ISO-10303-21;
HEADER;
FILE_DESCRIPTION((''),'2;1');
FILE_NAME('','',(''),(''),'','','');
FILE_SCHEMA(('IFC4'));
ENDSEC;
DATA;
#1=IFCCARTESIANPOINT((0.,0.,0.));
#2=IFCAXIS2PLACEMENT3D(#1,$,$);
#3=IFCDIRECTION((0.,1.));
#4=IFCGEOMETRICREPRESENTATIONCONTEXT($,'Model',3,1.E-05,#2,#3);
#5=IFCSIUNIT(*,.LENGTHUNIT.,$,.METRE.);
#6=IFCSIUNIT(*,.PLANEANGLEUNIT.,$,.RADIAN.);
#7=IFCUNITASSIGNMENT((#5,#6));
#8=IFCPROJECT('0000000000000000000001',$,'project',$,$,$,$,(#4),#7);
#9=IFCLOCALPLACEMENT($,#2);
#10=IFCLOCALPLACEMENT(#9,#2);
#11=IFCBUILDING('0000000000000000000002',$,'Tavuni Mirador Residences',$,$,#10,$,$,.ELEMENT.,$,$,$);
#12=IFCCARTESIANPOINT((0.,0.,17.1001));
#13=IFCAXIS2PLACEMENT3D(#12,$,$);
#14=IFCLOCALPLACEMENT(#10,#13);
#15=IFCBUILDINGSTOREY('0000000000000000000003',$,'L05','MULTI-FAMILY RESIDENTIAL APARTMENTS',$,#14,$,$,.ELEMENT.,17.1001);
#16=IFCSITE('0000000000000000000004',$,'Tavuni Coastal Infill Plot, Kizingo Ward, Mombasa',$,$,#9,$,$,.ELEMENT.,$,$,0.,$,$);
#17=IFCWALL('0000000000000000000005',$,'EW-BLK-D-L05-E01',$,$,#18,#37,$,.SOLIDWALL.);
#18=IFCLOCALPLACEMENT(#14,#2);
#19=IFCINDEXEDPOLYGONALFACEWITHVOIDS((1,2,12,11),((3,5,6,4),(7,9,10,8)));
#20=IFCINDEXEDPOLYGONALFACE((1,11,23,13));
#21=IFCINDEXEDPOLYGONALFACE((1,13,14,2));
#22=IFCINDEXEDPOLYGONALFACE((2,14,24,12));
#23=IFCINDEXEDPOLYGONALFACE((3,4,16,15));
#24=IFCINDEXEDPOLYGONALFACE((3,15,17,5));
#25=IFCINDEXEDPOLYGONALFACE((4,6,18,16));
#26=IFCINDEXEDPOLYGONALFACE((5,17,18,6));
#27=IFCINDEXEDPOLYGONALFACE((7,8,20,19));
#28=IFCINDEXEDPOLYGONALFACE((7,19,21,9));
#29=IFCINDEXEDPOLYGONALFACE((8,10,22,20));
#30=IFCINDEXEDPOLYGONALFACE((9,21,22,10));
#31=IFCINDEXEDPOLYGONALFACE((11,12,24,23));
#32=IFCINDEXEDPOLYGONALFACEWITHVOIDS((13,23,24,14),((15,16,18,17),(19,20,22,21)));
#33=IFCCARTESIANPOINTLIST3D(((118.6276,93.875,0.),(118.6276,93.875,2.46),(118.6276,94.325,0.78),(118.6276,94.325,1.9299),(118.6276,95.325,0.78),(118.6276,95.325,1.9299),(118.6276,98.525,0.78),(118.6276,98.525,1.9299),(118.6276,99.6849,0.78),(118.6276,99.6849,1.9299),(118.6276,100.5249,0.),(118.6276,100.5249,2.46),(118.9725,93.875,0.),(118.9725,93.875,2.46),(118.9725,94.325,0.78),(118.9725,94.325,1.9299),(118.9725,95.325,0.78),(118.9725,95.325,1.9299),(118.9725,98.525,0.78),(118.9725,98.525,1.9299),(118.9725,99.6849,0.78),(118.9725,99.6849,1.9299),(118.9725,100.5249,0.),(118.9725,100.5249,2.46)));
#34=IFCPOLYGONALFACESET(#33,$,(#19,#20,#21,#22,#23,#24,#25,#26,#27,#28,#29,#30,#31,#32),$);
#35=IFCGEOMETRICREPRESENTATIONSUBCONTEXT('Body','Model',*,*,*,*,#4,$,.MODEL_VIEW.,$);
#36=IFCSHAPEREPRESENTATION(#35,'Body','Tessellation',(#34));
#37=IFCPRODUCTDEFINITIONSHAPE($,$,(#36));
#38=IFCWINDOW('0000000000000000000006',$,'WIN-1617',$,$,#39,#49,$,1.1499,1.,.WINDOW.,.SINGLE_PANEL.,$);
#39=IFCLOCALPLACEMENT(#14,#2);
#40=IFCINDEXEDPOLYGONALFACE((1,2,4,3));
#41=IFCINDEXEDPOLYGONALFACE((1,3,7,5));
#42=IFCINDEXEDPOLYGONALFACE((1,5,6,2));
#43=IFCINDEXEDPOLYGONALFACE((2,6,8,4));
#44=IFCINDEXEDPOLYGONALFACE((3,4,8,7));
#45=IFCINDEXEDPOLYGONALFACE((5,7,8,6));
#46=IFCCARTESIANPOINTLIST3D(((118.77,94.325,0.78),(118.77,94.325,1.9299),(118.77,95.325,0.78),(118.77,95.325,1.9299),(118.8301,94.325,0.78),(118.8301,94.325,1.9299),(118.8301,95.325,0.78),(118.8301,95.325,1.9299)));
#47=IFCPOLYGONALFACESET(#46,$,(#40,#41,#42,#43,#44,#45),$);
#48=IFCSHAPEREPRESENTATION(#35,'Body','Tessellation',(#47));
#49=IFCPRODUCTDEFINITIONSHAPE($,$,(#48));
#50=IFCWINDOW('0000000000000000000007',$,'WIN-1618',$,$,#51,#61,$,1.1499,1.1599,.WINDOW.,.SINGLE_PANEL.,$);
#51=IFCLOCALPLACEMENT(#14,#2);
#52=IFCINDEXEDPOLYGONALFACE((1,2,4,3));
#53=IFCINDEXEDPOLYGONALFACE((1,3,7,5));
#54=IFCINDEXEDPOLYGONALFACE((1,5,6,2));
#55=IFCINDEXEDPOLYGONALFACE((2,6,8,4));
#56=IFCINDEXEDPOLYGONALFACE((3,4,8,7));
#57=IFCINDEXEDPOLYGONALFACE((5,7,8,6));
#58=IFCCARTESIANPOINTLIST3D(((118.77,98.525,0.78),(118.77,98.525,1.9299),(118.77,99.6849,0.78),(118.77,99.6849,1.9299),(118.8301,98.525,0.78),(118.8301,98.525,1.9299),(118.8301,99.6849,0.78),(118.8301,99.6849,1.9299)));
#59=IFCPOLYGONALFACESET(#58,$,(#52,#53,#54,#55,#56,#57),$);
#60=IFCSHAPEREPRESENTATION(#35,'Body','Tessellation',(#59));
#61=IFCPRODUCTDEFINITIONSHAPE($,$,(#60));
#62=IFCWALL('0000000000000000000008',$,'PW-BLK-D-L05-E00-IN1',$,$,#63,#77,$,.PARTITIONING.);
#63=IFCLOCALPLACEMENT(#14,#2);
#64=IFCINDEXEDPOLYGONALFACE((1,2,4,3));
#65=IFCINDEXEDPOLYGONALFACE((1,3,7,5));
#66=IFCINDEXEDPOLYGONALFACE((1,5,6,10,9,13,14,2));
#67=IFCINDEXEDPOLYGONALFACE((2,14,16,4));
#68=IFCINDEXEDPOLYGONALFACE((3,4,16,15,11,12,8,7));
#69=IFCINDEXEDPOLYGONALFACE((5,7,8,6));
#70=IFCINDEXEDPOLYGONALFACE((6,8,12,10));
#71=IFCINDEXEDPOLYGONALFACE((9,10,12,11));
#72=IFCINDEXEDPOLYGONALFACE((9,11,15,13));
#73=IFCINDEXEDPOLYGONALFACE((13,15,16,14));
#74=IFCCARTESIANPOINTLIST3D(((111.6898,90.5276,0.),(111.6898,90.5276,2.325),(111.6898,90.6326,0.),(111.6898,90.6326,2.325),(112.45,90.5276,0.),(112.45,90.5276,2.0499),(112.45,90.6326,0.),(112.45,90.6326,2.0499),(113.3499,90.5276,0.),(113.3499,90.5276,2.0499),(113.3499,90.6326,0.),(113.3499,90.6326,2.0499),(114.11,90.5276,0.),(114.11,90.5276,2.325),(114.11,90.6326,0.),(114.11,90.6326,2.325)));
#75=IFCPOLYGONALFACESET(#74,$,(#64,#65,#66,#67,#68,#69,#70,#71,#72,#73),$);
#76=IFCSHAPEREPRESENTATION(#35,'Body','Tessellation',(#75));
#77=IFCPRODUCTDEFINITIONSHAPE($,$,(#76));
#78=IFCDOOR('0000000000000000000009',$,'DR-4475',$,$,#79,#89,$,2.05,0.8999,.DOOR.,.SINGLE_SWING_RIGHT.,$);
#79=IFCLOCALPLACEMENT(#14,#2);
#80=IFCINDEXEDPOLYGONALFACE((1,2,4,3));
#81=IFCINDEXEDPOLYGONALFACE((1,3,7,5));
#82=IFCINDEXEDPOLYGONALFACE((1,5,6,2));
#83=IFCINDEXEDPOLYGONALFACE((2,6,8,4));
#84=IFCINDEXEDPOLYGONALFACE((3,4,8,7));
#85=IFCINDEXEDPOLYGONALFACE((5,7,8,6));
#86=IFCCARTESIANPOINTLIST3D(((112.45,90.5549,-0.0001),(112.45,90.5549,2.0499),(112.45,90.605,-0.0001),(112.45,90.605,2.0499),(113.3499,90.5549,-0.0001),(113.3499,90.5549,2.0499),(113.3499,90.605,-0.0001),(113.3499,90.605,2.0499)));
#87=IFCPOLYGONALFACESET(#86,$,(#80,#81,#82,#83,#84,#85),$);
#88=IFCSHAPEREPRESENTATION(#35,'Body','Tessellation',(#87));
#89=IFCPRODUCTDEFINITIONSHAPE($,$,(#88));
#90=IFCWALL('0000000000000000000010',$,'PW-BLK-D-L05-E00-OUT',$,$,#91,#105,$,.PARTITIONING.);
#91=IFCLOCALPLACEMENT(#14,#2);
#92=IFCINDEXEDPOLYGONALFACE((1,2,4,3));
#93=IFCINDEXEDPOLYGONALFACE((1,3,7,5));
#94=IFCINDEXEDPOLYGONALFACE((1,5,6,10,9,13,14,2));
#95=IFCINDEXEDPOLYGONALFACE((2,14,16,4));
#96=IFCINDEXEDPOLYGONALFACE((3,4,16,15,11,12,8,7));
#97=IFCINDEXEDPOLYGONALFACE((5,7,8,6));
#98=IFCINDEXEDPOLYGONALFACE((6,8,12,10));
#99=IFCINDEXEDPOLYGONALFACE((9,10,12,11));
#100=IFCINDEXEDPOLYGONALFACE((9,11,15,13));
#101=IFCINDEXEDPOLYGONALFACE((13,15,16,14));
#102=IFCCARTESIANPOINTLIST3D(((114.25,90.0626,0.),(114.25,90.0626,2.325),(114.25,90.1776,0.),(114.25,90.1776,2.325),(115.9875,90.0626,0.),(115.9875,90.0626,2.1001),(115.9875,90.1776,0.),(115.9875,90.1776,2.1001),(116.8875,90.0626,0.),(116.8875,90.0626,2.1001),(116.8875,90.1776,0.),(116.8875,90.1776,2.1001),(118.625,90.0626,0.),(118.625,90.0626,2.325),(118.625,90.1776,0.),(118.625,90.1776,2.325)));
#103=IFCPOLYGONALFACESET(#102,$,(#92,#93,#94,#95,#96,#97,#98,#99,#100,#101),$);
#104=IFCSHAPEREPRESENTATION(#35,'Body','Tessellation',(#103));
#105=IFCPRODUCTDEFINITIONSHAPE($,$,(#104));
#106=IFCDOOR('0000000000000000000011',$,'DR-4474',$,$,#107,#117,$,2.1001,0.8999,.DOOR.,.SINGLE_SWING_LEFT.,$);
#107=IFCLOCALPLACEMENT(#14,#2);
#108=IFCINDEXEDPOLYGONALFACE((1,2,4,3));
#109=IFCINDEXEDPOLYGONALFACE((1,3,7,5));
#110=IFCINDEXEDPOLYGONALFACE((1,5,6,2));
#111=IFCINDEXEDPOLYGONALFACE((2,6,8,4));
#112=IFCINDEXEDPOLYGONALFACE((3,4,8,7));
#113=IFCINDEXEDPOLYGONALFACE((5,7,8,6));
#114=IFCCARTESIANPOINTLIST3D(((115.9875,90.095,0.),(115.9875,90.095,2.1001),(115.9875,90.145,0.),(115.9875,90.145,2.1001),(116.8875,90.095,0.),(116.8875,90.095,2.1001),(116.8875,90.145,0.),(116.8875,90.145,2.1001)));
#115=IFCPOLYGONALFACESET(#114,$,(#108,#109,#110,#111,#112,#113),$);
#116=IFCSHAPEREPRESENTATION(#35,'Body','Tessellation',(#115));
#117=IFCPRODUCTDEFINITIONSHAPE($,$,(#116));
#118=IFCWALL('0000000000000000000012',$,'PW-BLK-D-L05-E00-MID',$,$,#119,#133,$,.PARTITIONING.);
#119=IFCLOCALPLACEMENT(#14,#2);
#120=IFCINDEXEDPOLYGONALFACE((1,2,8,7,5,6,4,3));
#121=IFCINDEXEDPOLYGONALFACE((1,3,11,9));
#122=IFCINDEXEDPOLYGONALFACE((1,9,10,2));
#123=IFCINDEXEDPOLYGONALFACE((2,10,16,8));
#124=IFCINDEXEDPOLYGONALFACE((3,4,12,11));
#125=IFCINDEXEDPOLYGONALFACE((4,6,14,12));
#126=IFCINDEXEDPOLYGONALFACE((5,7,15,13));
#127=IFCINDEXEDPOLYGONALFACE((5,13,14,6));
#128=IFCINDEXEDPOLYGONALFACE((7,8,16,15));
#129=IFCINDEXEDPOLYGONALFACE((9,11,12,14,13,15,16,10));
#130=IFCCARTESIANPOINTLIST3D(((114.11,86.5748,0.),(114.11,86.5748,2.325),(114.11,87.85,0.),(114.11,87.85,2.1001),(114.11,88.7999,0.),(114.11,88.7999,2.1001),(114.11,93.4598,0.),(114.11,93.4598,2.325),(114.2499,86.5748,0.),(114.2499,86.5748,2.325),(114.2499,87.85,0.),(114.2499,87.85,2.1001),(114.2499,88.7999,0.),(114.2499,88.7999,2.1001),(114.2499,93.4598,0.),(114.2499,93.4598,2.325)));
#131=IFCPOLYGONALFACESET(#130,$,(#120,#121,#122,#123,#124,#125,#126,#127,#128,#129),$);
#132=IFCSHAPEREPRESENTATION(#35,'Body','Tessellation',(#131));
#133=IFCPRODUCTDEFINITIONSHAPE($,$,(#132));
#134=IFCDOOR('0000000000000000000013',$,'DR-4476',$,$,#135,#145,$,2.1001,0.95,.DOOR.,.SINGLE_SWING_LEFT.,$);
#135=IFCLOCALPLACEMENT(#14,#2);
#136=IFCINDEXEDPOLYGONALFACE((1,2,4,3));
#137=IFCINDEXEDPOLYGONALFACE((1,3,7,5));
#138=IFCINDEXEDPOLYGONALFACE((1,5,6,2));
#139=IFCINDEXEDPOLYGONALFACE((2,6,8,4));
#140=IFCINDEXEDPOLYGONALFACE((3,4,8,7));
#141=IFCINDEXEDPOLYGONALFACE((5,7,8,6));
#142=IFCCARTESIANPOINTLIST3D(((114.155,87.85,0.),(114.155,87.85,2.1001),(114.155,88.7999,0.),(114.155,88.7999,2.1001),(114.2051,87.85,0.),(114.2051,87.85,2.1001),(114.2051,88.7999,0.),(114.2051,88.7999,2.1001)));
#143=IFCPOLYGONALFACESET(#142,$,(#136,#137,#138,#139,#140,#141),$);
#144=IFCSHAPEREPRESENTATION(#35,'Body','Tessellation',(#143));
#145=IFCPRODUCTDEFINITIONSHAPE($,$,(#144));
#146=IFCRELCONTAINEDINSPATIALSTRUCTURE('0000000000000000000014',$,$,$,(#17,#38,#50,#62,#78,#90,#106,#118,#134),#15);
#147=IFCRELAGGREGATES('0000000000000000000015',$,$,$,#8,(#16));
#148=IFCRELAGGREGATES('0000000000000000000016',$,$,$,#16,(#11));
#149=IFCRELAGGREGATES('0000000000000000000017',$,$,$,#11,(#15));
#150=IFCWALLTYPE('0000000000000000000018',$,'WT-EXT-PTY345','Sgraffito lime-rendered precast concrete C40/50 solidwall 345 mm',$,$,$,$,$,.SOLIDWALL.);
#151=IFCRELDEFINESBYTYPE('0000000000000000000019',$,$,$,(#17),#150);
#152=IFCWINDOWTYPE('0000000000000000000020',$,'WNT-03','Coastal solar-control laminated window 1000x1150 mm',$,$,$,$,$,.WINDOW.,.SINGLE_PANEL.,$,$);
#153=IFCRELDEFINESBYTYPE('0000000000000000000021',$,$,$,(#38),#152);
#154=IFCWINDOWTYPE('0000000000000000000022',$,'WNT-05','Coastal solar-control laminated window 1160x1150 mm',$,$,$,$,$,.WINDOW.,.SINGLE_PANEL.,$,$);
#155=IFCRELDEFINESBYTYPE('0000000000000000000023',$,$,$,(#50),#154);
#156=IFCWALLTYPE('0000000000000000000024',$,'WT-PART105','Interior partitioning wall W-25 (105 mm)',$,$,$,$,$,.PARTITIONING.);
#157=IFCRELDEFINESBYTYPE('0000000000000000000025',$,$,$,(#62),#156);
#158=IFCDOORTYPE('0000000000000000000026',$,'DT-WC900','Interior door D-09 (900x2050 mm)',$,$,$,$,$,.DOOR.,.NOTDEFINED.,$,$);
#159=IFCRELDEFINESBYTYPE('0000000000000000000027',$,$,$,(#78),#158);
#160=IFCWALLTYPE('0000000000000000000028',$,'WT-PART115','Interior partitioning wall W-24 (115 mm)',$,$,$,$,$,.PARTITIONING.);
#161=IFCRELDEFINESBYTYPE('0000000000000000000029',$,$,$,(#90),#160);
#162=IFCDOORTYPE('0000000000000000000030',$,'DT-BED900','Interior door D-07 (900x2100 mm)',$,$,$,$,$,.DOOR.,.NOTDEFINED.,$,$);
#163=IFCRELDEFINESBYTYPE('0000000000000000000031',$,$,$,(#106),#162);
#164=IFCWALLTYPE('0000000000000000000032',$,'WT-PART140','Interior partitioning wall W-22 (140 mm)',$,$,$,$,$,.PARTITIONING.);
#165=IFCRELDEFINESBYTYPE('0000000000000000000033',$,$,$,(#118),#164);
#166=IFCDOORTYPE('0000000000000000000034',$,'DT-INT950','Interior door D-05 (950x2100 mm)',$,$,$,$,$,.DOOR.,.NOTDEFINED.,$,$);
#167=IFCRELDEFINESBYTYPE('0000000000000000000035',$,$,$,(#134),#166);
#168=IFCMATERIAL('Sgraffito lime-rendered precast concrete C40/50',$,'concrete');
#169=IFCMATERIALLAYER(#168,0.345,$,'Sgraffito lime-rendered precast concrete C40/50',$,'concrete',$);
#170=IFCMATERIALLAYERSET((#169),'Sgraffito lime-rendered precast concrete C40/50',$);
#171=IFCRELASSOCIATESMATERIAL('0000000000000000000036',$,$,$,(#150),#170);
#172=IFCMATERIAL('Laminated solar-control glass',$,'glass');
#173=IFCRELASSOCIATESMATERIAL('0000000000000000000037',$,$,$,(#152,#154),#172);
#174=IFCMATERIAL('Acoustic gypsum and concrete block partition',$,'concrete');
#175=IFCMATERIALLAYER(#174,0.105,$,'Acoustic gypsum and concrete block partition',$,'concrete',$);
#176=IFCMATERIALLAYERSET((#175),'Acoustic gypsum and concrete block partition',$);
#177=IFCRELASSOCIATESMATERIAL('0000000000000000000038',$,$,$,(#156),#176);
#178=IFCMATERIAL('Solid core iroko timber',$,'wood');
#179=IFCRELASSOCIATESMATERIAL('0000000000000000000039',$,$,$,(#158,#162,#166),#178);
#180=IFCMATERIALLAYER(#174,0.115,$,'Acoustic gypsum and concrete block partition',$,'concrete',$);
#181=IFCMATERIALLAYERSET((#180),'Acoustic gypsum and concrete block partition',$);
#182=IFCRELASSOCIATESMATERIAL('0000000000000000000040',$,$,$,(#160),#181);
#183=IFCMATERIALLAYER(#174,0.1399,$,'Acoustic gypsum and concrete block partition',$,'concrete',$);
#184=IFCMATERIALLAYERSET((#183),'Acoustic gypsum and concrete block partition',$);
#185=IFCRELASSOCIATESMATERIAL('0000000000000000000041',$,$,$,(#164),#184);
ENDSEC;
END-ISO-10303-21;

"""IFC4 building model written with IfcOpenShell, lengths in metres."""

from ifc_helpers import new_model, si_unit, direction, frame, frame_2d, origin, place, context, subcontext, project, spatial, rectangle, extrude, material, layer, layer_set, type_object, element, fill, save


model = new_model("IFC4")

# Units and contexts
model_context = context("Model", 3, precision=1e-05, world=origin(), true_north=direction((0.0, 1.0)))
body_context = subcontext(model_context, "Body", "Model", "MODEL_VIEW")
ifc_project = project(units=[si_unit("LENGTHUNIT", "METRE"), si_unit("PLANEANGLEUNIT", "RADIAN")], contexts=[model_context])

# Site, building, storey
site_placement = place(None, origin())
site = spatial("IfcSite", under=ifc_project, at=site_placement, Name="Tavuni Coastal Infill Plot, Kizingo Ward, Mombasa", CompositionType="ELEMENT", RefElevation=0.0)
building_placement = place(site_placement, origin())
building = spatial("IfcBuilding", under=site, at=building_placement, Name="Tavuni Mirador Residences", CompositionType="ELEMENT")
storey_placement = place(building_placement, frame((0.0, 0.0, 17.1001)))
storey = spatial("IfcBuildingStorey", under=building, at=storey_placement, Name="L05", Description="MULTI-FAMILY RESIDENTIAL APARTMENTS", CompositionType="ELEMENT", Elevation=17.1001)

# Shared definitions
ifc_material_1 = material(Name="Sgraffito lime-rendered precast concrete C40/50", Category="concrete")
ifc_material_2 = material(Name="Laminated solar-control glass", Category="glass")

# Wall, openings, windows
ifc_layer_1 = layer(ifc_material_1, 0.345, Name="Sgraffito lime-rendered precast concrete C40/50", Category="concrete")
ifc_layer_set_1 = layer_set([ifc_layer_1], Name="Sgraffito lime-rendered precast concrete C40/50")
wall_type_1 = type_object("IfcWallType", Name="WT-EXT-PTY345", Description="Sgraffito lime-rendered precast concrete C40/50 solidwall 345 mm", PredefinedType="SOLIDWALL", material=ifc_layer_set_1)
wall_1_placement = place(storey_placement, frame((118.8, 93.875, 0.0), z_axis=(0.0, 0.0, 1.0), x_axis=(0.0, 1.0, 0.0)))
wall_1 = element("IfcWall", 1, at=wall_1_placement, inside=storey, type_object=wall_type_1, Name="EW-BLK-D-L05-E01", PredefinedType="SOLIDWALL", context=body_context, shape_type="SweptSolid", body=[
    extrude(rectangle(XDim=6.6499, YDim=0.345, at=frame_2d((3.325, 0.0))), origin(), (0.0, 0.0, 1.0), 2.46),
])
opening_1_placement = place(wall_1_placement, frame((0.45, 0.0, 0.78)))
opening_1 = element("IfcOpeningElement", 2, at=opening_1_placement, cuts=wall_1, PredefinedType="OPENING", context=body_context, shape_type="SweptSolid", body=[
    extrude(rectangle(XDim=1.0, YDim=1.1499, at=frame_2d((0.5, 0.575))), frame((0.0, 0.1826, 0.0), z_axis=(0.0, -1.0, 0.0), x_axis=(1.0, 0.0, 0.0)), (0.0, 0.0, 1.0), 0.365),
])
opening_2_placement = place(wall_1_placement, frame((4.6499, 0.0, 0.78)))
opening_2 = element("IfcOpeningElement", 3, at=opening_2_placement, cuts=wall_1, PredefinedType="OPENING", context=body_context, shape_type="SweptSolid", body=[
    extrude(rectangle(XDim=1.1599, YDim=1.1499, at=frame_2d((0.5801, 0.575))), frame((0.0, 0.1826, 0.0), z_axis=(0.0, -1.0, 0.0), x_axis=(1.0, 0.0, 0.0)), (0.0, 0.0, 1.0), 0.365),
])
window_type_1 = type_object("IfcWindowType", Name="WNT-03", Description="Coastal solar-control laminated window 1000x1150 mm", PartitioningType="SINGLE_PANEL", PredefinedType="WINDOW", material=ifc_material_2)
window_1_placement = place(opening_1_placement, origin())
window_1 = element("IfcWindow", 4, at=window_1_placement, inside=storey, type_object=window_type_1, Name="WIN-1617", OverallHeight=1.1499, OverallWidth=1.0, PartitioningType="SINGLE_PANEL", PredefinedType="WINDOW", context=body_context, shape_type="SweptSolid", body=[
    extrude(rectangle(XDim=1.0, YDim=1.1499, at=frame_2d((0.5, 0.575))), frame((0.0, 0.03, 0.0), z_axis=(0.0, -1.0, 0.0), x_axis=(1.0, 0.0, 0.0)), (0.0, 0.0, 1.0), 0.0601),
])
fill(opening_1, window_1)
window_type_2 = type_object("IfcWindowType", Name="WNT-05", Description="Coastal solar-control laminated window 1160x1150 mm", PartitioningType="SINGLE_PANEL", PredefinedType="WINDOW", material=ifc_material_2)
window_2_placement = place(opening_2_placement, origin())
window_2 = element("IfcWindow", 5, at=window_2_placement, inside=storey, type_object=window_type_2, Name="WIN-1618", OverallHeight=1.1499, OverallWidth=1.1599, PartitioningType="SINGLE_PANEL", PredefinedType="WINDOW", context=body_context, shape_type="SweptSolid", body=[
    extrude(rectangle(XDim=1.1599, YDim=1.1499, at=frame_2d((0.5801, 0.575))), frame((0.0, 0.03, 0.0), z_axis=(0.0, -1.0, 0.0), x_axis=(1.0, 0.0, 0.0)), (0.0, 0.0, 1.0), 0.0601),
])
fill(opening_2, window_2)

# Walls, openings, doors
ifc_material_3 = material(Name="Acoustic gypsum and concrete block partition", Category="concrete")
ifc_layer_2 = layer(ifc_material_3, 0.105, Name="Acoustic gypsum and concrete block partition", Category="concrete")
ifc_layer_set_2 = layer_set([ifc_layer_2], Name="Acoustic gypsum and concrete block partition")
wall_type_2 = type_object("IfcWallType", Name="WT-PART105", Description="Interior partitioning wall W-25 (105 mm)", PredefinedType="PARTITIONING", material=ifc_layer_set_2)
wall_2_placement = place(storey_placement, frame((111.6899, 90.5801, 0.0), z_axis=(0.0, 0.0, 1.0), x_axis=(1.0, 0.0, 0.0)))
wall_2 = element("IfcWall", 6, at=wall_2_placement, inside=storey, type_object=wall_type_2, Name="PW-BLK-D-L05-E00-IN1", PredefinedType="PARTITIONING", context=body_context, shape_type="SweptSolid", body=[
    extrude(rectangle(XDim=2.4202, YDim=0.105, at=frame_2d((1.21, 0.0))), origin(), (0.0, 0.0, 1.0), 2.325),
])
opening_3_placement = place(wall_2_placement, frame((0.76, 0.0, 0.0)))
opening_3 = element("IfcOpeningElement", 7, at=opening_3_placement, cuts=wall_2, PredefinedType="OPENING", context=body_context, shape_type="SweptSolid", body=[
    extrude(rectangle(XDim=0.8999, YDim=2.05, at=frame_2d((0.45, 1.0249))), frame((0.0, 0.0625, 0.0), z_axis=(0.0, -1.0, 0.0), x_axis=(1.0, 0.0, 0.0)), (0.0, 0.0, 1.0), 0.125),
])
ifc_material_4 = material(Name="Solid core iroko timber", Category="wood")
door_type_1 = type_object("IfcDoorType", Name="DT-WC900", Description="Interior door D-09 (900x2050 mm)", OperationType="NOTDEFINED", PredefinedType="DOOR", material=ifc_material_4)
door_1_placement = place(opening_3_placement, origin())
door_1 = element("IfcDoor", 8, at=door_1_placement, inside=storey, type_object=door_type_1, Name="DR-4475", OperationType="SINGLE_SWING_RIGHT", OverallHeight=2.05, OverallWidth=0.8999, PredefinedType="DOOR", context=body_context, shape_type="SweptSolid", body=[
    extrude(rectangle(XDim=0.8999, YDim=2.05, at=frame_2d((0.45, 1.0249))), frame((0.0, 0.0249, 0.0), z_axis=(0.0, -1.0, 0.0), x_axis=(1.0, 0.0, 0.0)), (0.0, 0.0, 1.0), 0.05),
])
fill(opening_3, door_1)
ifc_layer_3 = layer(ifc_material_3, 0.115, Name="Acoustic gypsum and concrete block partition", Category="concrete")
ifc_layer_set_3 = layer_set([ifc_layer_3], Name="Acoustic gypsum and concrete block partition")
wall_type_3 = type_object("IfcWallType", Name="WT-PART115", Description="Interior partitioning wall W-24 (115 mm)", PredefinedType="PARTITIONING", material=ifc_layer_set_3)
wall_3_placement = place(storey_placement, frame((114.25, 90.1201, 0.0), z_axis=(0.0, 0.0, 1.0), x_axis=(1.0, 0.0, 0.0)))
wall_3 = element("IfcWall", 9, at=wall_3_placement, inside=storey, type_object=wall_type_3, Name="PW-BLK-D-L05-E00-OUT", PredefinedType="PARTITIONING", context=body_context, shape_type="SweptSolid", body=[
    extrude(rectangle(XDim=4.375, YDim=0.115, at=frame_2d((2.1875, 0.0))), origin(), (0.0, 0.0, 1.0), 2.325),
])
opening_4_placement = place(wall_3_placement, frame((1.7375, 0.0, 0.0)))
opening_4 = element("IfcOpeningElement", 10, at=opening_4_placement, cuts=wall_3, PredefinedType="OPENING", context=body_context, shape_type="SweptSolid", body=[
    extrude(rectangle(XDim=0.8999, YDim=2.1001, at=frame_2d((0.45, 1.05))), frame((0.0, 0.0674, 0.0), z_axis=(0.0, -1.0, 0.0), x_axis=(1.0, 0.0, 0.0)), (0.0, 0.0, 1.0), 0.135),
])
door_type_2 = type_object("IfcDoorType", Name="DT-BED900", Description="Interior door D-07 (900x2100 mm)", OperationType="NOTDEFINED", PredefinedType="DOOR", material=ifc_material_4)
door_2_placement = place(opening_4_placement, origin())
door_2 = element("IfcDoor", 11, at=door_2_placement, inside=storey, type_object=door_type_2, Name="DR-4474", OperationType="SINGLE_SWING_LEFT", OverallHeight=2.1001, OverallWidth=0.8999, PredefinedType="DOOR", context=body_context, shape_type="SweptSolid", body=[
    extrude(rectangle(XDim=0.8999, YDim=2.1001, at=frame_2d((0.45, 1.05))), frame((0.0, 0.0249, 0.0), z_axis=(0.0, -1.0, 0.0), x_axis=(1.0, 0.0, 0.0)), (0.0, 0.0, 1.0), 0.05),
])
fill(opening_4, door_2)
ifc_layer_4 = layer(ifc_material_3, 0.1399, Name="Acoustic gypsum and concrete block partition", Category="concrete")
ifc_layer_set_4 = layer_set([ifc_layer_4], Name="Acoustic gypsum and concrete block partition")
wall_type_4 = type_object("IfcWallType", Name="WT-PART140", Description="Interior partitioning wall W-22 (140 mm)", PredefinedType="PARTITIONING", material=ifc_layer_set_4)
wall_4_placement = place(storey_placement, frame((114.1799, 86.575, 0.0), z_axis=(0.0, 0.0, 1.0), x_axis=(0.0, 1.0, 0.0)))
wall_4 = element("IfcWall", 12, at=wall_4_placement, inside=storey, type_object=wall_type_4, Name="PW-BLK-D-L05-E00-MID", PredefinedType="PARTITIONING", context=body_context, shape_type="SweptSolid", body=[
    extrude(rectangle(XDim=6.885, YDim=0.1399, at=frame_2d((3.4424, 0.0))), origin(), (0.0, 0.0, 1.0), 2.325),
])
opening_5_placement = place(wall_4_placement, frame((1.2749, 0.0, 0.0)))
opening_5 = element("IfcOpeningElement", 13, at=opening_5_placement, cuts=wall_4, PredefinedType="OPENING", context=body_context, shape_type="SweptSolid", body=[
    extrude(rectangle(XDim=0.95, YDim=2.1001, at=frame_2d((0.4751, 1.05))), frame((0.0, 0.0801, 0.0), z_axis=(0.0, -1.0, 0.0), x_axis=(1.0, 0.0, 0.0)), (0.0, 0.0, 1.0), 0.1599),
])
door_type_3 = type_object("IfcDoorType", Name="DT-INT950", Description="Interior door D-05 (950x2100 mm)", OperationType="NOTDEFINED", PredefinedType="DOOR", material=ifc_material_4)
door_3_placement = place(opening_5_placement, origin())
door_3 = element("IfcDoor", 14, at=door_3_placement, inside=storey, type_object=door_type_3, Name="DR-4476", OperationType="SINGLE_SWING_LEFT", OverallHeight=2.1001, OverallWidth=0.95, PredefinedType="DOOR", context=body_context, shape_type="SweptSolid", body=[
    extrude(rectangle(XDim=0.95, YDim=2.1001, at=frame_2d((0.4751, 1.05))), frame((0.0, 0.0249, 0.0), z_axis=(0.0, -1.0, 0.0), x_axis=(1.0, 0.0, 0.0)), (0.0, 0.0, 1.0), 0.05),
])
fill(opening_5, door_3)

save(model, "model.ifc")
